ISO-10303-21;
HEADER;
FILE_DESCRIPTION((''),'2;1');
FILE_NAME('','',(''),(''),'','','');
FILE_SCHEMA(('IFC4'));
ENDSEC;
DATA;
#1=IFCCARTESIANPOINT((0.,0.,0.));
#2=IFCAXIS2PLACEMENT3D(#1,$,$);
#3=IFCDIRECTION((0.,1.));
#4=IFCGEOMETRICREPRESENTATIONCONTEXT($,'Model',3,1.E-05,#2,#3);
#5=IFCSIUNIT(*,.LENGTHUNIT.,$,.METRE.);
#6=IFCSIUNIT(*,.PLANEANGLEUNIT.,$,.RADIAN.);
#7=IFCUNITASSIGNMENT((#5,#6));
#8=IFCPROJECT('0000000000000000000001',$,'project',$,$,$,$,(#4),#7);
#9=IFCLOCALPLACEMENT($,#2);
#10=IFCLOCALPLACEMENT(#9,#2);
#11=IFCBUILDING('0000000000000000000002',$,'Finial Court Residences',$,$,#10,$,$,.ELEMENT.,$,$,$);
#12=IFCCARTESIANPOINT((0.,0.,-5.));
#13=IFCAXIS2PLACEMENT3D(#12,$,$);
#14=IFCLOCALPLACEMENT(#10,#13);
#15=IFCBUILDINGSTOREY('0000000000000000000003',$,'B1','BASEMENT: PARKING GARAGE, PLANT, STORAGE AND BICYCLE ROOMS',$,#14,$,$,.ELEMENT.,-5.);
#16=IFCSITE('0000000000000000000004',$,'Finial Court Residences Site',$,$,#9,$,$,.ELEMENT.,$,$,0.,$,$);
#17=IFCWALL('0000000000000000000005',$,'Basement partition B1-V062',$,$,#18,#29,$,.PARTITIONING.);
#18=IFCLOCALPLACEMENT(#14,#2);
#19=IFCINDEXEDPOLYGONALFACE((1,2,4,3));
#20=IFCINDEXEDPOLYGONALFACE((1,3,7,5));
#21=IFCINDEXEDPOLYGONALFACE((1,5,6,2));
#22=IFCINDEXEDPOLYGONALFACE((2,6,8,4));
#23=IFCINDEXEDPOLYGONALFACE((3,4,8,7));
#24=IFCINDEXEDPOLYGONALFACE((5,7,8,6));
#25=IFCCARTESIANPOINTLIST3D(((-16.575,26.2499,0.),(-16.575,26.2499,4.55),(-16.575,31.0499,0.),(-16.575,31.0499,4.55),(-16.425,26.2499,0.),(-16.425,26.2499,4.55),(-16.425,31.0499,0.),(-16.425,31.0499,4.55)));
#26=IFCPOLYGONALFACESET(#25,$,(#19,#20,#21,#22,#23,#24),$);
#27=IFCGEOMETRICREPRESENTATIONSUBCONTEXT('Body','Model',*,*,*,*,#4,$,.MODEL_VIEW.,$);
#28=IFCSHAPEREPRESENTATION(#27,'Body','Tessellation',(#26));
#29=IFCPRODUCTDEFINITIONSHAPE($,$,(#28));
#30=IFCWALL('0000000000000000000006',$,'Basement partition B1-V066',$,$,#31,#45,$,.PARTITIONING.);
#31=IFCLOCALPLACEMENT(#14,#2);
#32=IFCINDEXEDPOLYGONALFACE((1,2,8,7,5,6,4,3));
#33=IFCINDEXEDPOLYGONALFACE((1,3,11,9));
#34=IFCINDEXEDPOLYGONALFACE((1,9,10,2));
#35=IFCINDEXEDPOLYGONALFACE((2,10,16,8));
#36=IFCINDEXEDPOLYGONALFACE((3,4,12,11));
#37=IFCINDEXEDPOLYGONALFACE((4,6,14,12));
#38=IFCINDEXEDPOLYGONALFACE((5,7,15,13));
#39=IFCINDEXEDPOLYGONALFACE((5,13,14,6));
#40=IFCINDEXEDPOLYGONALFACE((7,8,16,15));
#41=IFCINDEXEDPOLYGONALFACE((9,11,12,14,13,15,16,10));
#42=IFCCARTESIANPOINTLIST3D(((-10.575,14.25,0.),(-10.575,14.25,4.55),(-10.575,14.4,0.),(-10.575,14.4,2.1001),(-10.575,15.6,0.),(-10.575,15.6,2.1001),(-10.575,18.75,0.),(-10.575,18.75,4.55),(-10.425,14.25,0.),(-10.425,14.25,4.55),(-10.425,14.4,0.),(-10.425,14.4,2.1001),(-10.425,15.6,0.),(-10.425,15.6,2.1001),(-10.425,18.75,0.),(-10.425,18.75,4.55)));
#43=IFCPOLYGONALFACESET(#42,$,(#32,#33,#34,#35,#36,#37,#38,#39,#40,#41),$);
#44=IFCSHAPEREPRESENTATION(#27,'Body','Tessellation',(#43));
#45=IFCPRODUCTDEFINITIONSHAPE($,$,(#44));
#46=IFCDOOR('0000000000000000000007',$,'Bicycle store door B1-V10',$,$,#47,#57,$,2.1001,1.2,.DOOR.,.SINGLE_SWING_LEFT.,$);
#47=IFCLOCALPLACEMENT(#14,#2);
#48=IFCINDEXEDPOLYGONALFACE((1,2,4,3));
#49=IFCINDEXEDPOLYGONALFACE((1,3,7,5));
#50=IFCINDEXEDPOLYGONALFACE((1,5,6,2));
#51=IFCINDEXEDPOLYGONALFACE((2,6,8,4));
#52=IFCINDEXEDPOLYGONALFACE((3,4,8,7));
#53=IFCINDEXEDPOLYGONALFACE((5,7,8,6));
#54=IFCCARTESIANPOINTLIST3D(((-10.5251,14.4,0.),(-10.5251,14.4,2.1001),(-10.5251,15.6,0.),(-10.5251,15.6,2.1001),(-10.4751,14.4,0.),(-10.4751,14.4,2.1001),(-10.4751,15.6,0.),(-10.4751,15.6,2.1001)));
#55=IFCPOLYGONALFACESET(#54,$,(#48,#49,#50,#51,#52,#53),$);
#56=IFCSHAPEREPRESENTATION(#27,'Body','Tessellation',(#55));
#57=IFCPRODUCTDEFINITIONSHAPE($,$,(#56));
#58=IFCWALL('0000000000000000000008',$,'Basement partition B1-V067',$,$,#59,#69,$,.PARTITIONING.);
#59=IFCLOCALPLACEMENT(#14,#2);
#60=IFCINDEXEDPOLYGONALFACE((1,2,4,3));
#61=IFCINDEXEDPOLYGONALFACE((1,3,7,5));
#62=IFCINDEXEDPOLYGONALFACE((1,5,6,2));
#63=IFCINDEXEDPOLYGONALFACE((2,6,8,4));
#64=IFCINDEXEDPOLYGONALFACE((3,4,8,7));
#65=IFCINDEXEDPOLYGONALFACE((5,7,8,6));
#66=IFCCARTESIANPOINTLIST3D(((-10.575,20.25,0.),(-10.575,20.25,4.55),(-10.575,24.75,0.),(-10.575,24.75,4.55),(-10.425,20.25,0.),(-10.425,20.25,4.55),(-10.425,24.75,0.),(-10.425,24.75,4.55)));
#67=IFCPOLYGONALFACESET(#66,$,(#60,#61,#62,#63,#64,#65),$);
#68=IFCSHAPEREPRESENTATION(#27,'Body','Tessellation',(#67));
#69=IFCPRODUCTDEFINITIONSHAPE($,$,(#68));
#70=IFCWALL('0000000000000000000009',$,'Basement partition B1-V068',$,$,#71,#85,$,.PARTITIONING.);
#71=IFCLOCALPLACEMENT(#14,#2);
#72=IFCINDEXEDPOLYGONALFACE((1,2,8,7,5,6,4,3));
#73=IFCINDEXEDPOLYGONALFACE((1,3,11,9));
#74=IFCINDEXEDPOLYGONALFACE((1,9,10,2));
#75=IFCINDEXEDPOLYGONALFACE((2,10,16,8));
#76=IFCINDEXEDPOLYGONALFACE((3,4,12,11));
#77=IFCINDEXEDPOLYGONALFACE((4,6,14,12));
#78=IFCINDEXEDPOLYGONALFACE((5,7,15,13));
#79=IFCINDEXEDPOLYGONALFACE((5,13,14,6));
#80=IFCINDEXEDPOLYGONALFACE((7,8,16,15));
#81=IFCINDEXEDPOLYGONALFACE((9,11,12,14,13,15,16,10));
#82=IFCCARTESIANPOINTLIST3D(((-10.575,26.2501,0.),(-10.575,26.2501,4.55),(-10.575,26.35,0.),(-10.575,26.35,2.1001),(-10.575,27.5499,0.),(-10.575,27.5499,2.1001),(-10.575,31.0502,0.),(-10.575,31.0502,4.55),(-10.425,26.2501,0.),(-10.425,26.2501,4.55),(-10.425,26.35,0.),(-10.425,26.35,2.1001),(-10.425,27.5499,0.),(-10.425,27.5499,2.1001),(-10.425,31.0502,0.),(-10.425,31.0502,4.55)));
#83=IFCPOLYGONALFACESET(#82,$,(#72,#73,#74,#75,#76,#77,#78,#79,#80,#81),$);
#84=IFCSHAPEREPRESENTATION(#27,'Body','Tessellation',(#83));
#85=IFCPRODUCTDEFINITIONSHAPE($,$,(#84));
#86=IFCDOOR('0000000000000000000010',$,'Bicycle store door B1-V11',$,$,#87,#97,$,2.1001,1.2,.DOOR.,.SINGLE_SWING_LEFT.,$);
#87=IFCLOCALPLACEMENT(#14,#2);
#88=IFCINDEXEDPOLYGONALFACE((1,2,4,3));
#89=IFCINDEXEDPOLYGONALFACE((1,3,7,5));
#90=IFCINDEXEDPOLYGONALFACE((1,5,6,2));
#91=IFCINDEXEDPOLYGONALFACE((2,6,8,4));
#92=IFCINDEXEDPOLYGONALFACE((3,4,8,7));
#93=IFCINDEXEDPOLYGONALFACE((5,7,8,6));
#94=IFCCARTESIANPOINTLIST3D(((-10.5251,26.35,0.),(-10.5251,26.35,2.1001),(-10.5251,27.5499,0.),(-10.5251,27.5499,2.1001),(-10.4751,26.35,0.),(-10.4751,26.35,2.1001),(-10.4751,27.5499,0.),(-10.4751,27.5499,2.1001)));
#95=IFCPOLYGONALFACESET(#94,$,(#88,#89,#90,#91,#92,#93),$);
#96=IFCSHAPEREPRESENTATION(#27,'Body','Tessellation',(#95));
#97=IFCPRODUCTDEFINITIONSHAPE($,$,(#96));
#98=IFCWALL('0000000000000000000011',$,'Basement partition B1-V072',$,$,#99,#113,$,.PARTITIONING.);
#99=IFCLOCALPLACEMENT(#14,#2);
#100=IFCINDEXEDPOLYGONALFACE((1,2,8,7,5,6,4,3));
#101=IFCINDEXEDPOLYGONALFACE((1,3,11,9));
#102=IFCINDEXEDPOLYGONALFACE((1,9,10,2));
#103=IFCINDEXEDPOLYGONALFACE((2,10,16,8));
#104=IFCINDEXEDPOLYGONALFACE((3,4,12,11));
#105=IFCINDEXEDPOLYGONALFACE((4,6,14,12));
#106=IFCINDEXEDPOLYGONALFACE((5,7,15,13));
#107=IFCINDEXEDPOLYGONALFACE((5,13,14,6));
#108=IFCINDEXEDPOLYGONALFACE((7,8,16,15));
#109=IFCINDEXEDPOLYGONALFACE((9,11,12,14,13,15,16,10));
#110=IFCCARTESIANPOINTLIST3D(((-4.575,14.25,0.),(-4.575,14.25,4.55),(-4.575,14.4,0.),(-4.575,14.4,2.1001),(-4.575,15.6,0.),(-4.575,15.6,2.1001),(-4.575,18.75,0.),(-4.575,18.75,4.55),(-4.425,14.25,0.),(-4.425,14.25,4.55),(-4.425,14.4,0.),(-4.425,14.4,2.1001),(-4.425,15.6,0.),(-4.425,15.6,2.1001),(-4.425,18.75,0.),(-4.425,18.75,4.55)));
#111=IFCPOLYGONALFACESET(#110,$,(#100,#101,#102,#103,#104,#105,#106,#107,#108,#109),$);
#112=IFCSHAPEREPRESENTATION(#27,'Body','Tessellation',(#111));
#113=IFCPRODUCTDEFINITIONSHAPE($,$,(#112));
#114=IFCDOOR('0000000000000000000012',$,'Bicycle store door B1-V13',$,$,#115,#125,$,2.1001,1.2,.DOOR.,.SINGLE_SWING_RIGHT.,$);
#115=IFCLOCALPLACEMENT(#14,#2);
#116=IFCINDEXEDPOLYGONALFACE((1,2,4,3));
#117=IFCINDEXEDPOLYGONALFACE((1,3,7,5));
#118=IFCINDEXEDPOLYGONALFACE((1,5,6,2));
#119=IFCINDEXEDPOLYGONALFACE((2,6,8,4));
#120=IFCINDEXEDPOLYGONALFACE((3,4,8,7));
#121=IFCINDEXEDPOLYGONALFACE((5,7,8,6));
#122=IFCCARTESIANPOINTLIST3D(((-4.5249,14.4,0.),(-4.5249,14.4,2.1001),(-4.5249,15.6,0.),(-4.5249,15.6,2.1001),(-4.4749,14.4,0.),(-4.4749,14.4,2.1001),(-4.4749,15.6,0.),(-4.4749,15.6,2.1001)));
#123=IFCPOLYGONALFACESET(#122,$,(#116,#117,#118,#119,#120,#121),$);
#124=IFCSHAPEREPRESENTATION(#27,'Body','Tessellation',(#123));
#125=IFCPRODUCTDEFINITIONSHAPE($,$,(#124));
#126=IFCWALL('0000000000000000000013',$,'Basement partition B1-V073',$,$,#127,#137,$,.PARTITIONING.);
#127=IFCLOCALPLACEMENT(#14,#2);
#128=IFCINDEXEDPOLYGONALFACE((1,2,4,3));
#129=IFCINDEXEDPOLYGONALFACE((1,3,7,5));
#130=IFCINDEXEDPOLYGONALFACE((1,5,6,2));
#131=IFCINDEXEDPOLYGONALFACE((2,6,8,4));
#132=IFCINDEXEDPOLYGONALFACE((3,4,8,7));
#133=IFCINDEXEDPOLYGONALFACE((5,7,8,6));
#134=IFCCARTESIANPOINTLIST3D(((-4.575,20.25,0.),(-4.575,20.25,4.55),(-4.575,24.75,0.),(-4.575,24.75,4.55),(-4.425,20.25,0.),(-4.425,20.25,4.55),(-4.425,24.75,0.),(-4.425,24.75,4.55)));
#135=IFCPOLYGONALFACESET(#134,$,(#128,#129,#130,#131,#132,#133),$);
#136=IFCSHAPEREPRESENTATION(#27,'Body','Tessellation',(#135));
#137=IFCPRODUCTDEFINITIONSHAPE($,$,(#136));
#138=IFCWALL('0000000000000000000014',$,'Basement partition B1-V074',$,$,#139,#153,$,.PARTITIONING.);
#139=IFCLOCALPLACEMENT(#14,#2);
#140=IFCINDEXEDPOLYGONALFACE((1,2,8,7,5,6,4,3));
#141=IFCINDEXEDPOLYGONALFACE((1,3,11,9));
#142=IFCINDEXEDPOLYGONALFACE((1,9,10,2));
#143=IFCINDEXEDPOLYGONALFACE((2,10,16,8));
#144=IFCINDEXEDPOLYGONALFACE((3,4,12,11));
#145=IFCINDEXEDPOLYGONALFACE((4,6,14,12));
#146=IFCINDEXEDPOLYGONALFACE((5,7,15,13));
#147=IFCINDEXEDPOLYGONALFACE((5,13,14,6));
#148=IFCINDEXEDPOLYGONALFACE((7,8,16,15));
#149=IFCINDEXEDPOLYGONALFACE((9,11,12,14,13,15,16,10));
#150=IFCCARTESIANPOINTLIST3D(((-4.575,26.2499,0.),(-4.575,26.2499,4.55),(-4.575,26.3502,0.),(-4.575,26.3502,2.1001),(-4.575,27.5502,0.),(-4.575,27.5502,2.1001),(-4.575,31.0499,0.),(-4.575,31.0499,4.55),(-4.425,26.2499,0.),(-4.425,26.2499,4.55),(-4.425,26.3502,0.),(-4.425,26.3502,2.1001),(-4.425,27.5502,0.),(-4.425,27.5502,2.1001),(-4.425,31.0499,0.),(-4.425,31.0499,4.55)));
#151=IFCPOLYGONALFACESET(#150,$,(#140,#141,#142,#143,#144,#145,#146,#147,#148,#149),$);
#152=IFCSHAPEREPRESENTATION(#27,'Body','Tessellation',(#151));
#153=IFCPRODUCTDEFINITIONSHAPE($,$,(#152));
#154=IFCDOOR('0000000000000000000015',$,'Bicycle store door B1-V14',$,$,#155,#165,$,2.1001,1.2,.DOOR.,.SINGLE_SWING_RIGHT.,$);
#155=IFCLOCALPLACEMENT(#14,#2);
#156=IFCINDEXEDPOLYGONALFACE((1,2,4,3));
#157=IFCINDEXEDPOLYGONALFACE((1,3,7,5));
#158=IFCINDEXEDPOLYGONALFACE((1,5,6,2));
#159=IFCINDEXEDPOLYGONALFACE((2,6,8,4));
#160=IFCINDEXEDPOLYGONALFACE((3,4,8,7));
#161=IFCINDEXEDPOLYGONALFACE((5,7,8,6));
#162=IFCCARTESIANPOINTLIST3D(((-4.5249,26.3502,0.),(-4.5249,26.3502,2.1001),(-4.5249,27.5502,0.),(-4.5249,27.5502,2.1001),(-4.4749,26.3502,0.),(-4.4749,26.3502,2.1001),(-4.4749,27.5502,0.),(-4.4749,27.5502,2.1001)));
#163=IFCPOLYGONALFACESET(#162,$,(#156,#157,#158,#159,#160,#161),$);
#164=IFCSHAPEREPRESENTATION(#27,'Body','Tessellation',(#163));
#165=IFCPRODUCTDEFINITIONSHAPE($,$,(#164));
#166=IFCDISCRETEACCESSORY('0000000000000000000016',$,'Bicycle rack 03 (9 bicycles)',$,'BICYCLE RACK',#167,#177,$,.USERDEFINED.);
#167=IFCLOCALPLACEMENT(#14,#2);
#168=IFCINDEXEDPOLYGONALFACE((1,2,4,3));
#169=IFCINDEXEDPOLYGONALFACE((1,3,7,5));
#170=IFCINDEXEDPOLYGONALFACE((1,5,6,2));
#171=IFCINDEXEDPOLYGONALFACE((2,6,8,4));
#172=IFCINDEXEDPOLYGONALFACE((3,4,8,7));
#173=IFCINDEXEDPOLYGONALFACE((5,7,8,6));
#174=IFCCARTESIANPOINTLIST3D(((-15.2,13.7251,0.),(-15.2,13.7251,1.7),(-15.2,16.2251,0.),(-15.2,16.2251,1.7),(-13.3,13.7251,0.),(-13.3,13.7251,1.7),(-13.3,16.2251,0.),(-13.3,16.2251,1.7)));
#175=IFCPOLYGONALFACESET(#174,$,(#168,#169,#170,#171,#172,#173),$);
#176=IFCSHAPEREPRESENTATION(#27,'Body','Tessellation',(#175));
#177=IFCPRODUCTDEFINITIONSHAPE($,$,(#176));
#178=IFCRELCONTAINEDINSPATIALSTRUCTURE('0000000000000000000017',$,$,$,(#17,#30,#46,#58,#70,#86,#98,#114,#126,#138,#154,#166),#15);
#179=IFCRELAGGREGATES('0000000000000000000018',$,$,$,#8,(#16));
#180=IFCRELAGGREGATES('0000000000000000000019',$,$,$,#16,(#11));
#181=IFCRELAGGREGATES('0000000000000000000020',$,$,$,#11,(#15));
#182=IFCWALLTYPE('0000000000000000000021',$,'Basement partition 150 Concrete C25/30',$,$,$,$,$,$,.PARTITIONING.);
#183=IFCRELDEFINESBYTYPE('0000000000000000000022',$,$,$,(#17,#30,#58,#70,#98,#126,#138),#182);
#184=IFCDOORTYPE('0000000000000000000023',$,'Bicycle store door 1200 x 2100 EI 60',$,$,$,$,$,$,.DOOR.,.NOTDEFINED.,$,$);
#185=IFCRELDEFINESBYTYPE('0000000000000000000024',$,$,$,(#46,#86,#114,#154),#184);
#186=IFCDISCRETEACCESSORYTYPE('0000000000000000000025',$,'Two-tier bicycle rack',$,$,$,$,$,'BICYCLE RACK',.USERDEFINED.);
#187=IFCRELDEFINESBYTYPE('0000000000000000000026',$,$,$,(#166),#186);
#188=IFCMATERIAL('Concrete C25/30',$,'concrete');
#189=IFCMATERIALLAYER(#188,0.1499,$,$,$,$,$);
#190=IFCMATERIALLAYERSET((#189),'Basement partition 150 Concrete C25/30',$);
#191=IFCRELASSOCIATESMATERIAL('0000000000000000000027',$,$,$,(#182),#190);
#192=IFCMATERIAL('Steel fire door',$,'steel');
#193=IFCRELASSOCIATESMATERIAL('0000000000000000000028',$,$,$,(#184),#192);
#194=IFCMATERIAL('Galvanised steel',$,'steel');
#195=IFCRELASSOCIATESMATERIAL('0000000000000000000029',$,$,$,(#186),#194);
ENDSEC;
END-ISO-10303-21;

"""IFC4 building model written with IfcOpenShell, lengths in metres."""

from ifc_helpers import new_model, si_unit, direction, frame, frame_2d, origin, origin_2d, place, context, subcontext, project, spatial, rectangle, extrude, material, layer, layer_set, type_object, element, fill, save


model = new_model("IFC4")

# Units and contexts
model_context = context("Model", 3, precision=1e-05, world=origin(), true_north=direction((0.0, 1.0)))
body_context = subcontext(model_context, "Body", "Model", "MODEL_VIEW")
ifc_project = project(units=[si_unit("LENGTHUNIT", "METRE"), si_unit("PLANEANGLEUNIT", "RADIAN")], contexts=[model_context])

# Site, building, storey
site_placement = place(None, origin())
site = spatial("IfcSite", under=ifc_project, at=site_placement, Name="Finial Court Residences Site", CompositionType="ELEMENT", RefElevation=0.0)
building_placement = place(site_placement, origin())
building = spatial("IfcBuilding", under=site, at=building_placement, Name="Finial Court Residences", CompositionType="ELEMENT")
storey_placement = place(building_placement, frame((0.0, 0.0, -5.0)))
storey = spatial("IfcBuildingStorey", under=building, at=storey_placement, Name="B1", Description="BASEMENT: PARKING GARAGE, PLANT, STORAGE AND BICYCLE ROOMS", CompositionType="ELEMENT", Elevation=-5.0)

# Wall
ifc_material_1 = material(Name="Concrete C25/30", Category="concrete")
ifc_layer = layer(ifc_material_1, 0.1499)
ifc_layer_set = layer_set([ifc_layer], Name="Basement partition 150 Concrete C25/30")
wall_type = type_object("IfcWallType", Name="Basement partition 150 Concrete C25/30", PredefinedType="PARTITIONING", material=ifc_layer_set)
wall_1_placement = place(storey_placement, frame((-16.5, 26.25, 0.0), z_axis=(0.0, 0.0, 1.0), x_axis=(0.0, 1.0, 0.0)))
element("IfcWall", 1, at=wall_1_placement, inside=storey, type_object=wall_type, Name="Basement partition B1-V062", PredefinedType="PARTITIONING", context=body_context, shape_type="SweptSolid", body=[
    extrude(rectangle(XDim=4.8, YDim=0.1499, at=frame_2d((2.3999, 0.0))), origin(), (0.0, 0.0, 1.0), 4.55),
])

# Wall, opening, door
wall_2_placement = place(storey_placement, frame((-10.5, 18.75, 0.0), z_axis=(0.0, 0.0, 1.0), x_axis=(0.0, -1.0, 0.0)))
wall_2 = element("IfcWall", 2, at=wall_2_placement, inside=storey, type_object=wall_type, Name="Basement partition B1-V066", PredefinedType="PARTITIONING", context=body_context, shape_type="SweptSolid", body=[
    extrude(rectangle(XDim=4.5, YDim=0.1499, at=frame_2d((2.25, 0.0))), origin(), (0.0, 0.0, 1.0), 4.55),
])
opening_1_placement = place(wall_2_placement, frame((3.1499, 0.0, 0.0)))
opening_1 = element("IfcOpeningElement", 3, at=opening_1_placement, cuts=wall_2, PredefinedType="OPENING", context=body_context, shape_type="SweptSolid", body=[
    extrude(rectangle(XDim=1.2, YDim=2.1001, at=frame_2d((0.6001, 1.05))), frame((0.0, 0.085, 0.0), z_axis=(0.0, -1.0, 0.0), x_axis=(1.0, 0.0, 0.0)), (0.0, 0.0, 1.0), 0.1699),
])
ifc_material_2 = material(Name="Steel fire door", Category="steel")
door_type = type_object("IfcDoorType", Name="Bicycle store door 1200 x 2100 EI 60", OperationType="NOTDEFINED", PredefinedType="DOOR", material=ifc_material_2)
door_1_placement = place(opening_1_placement, origin())
door_1 = element("IfcDoor", 4, at=door_1_placement, inside=storey, type_object=door_type, Name="Bicycle store door B1-V10", OperationType="SINGLE_SWING_LEFT", OverallHeight=2.1001, OverallWidth=1.2, PredefinedType="DOOR", context=body_context, shape_type="SweptSolid", body=[
    extrude(rectangle(XDim=1.2, YDim=2.1001, at=frame_2d((0.6001, 1.05))), frame((0.0, 0.0249, 0.0), z_axis=(0.0, -1.0, 0.0), x_axis=(1.0, 0.0, 0.0)), (0.0, 0.0, 1.0), 0.05),
])
fill(opening_1, door_1)

# Wall
wall_3_placement = place(storey_placement, frame((-10.5, 20.25, 0.0), z_axis=(0.0, 0.0, 1.0), x_axis=(0.0, 1.0, 0.0)))
element("IfcWall", 5, at=wall_3_placement, inside=storey, type_object=wall_type, Name="Basement partition B1-V067", PredefinedType="PARTITIONING", context=body_context, shape_type="SweptSolid", body=[
    extrude(rectangle(XDim=4.5, YDim=0.1499, at=frame_2d((2.25, 0.0))), origin(), (0.0, 0.0, 1.0), 4.55),
])

# Walls, openings, doors
wall_4_placement = place(storey_placement, frame((-10.5, 31.05, 0.0), z_axis=(0.0, 0.0, 1.0), x_axis=(0.0, -1.0, 0.0)))
wall_4 = element("IfcWall", 6, at=wall_4_placement, inside=storey, type_object=wall_type, Name="Basement partition B1-V068", PredefinedType="PARTITIONING", context=body_context, shape_type="SweptSolid", body=[
    extrude(rectangle(XDim=4.8, YDim=0.1499, at=frame_2d((2.3999, 0.0))), origin(), (0.0, 0.0, 1.0), 4.55),
])
opening_2_placement = place(wall_4_placement, frame((3.5, 0.0, 0.0)))
opening_2 = element("IfcOpeningElement", 7, at=opening_2_placement, cuts=wall_4, PredefinedType="OPENING", context=body_context, shape_type="SweptSolid", body=[
    extrude(rectangle(XDim=1.2, YDim=2.1001, at=frame_2d((0.6001, 1.05))), frame((0.0, 0.085, 0.0), z_axis=(0.0, -1.0, 0.0), x_axis=(1.0, 0.0, 0.0)), (0.0, 0.0, 1.0), 0.1699),
])
door_2_placement = place(opening_2_placement, origin())
door_2 = element("IfcDoor", 8, at=door_2_placement, inside=storey, type_object=door_type, Name="Bicycle store door B1-V11", OperationType="SINGLE_SWING_LEFT", OverallHeight=2.1001, OverallWidth=1.2, PredefinedType="DOOR", context=body_context, shape_type="SweptSolid", body=[
    extrude(rectangle(XDim=1.2, YDim=2.1001, at=frame_2d((0.6001, 1.05))), frame((0.0, 0.0249, 0.0), z_axis=(0.0, -1.0, 0.0), x_axis=(1.0, 0.0, 0.0)), (0.0, 0.0, 1.0), 0.05),
])
fill(opening_2, door_2)
wall_5_placement = place(storey_placement, frame((-4.5, 14.25, 0.0), z_axis=(0.0, 0.0, 1.0), x_axis=(0.0, 1.0, 0.0)))
wall_5 = element("IfcWall", 9, at=wall_5_placement, inside=storey, type_object=wall_type, Name="Basement partition B1-V072", PredefinedType="PARTITIONING", context=body_context, shape_type="SweptSolid", body=[
    extrude(rectangle(XDim=4.5, YDim=0.1499, at=frame_2d((2.25, 0.0))), origin(), (0.0, 0.0, 1.0), 4.55),
])
opening_3_placement = place(wall_5_placement, frame((0.1499, 0.0, 0.0)))
opening_3 = element("IfcOpeningElement", 10, at=opening_3_placement, cuts=wall_5, PredefinedType="OPENING", context=body_context, shape_type="SweptSolid", body=[
    extrude(rectangle(XDim=1.2, YDim=2.1001, at=frame_2d((0.6001, 1.05))), frame((0.0, 0.085, 0.0), z_axis=(0.0, -1.0, 0.0), x_axis=(1.0, 0.0, 0.0)), (0.0, 0.0, 1.0), 0.1699),
])
door_3_placement = place(opening_3_placement, origin())
door_3 = element("IfcDoor", 11, at=door_3_placement, inside=storey, type_object=door_type, Name="Bicycle store door B1-V13", OperationType="SINGLE_SWING_RIGHT", OverallHeight=2.1001, OverallWidth=1.2, PredefinedType="DOOR", context=body_context, shape_type="SweptSolid", body=[
    extrude(rectangle(XDim=1.2, YDim=2.1001, at=frame_2d((0.6001, 1.05))), frame((0.0, 0.0249, 0.0), z_axis=(0.0, -1.0, 0.0), x_axis=(1.0, 0.0, 0.0)), (0.0, 0.0, 1.0), 0.05),
])
fill(opening_3, door_3)

# Wall
wall_6_placement = place(storey_placement, frame((-4.5, 20.25, 0.0), z_axis=(0.0, 0.0, 1.0), x_axis=(0.0, 1.0, 0.0)))
element("IfcWall", 12, at=wall_6_placement, inside=storey, type_object=wall_type, Name="Basement partition B1-V073", PredefinedType="PARTITIONING", context=body_context, shape_type="SweptSolid", body=[
    extrude(rectangle(XDim=4.5, YDim=0.1499, at=frame_2d((2.25, 0.0))), origin(), (0.0, 0.0, 1.0), 4.55),
])

# Wall, opening, door
wall_7_placement = place(storey_placement, frame((-4.5, 26.25, 0.0), z_axis=(0.0, 0.0, 1.0), x_axis=(0.0, 1.0, 0.0)))
wall_7 = element("IfcWall", 13, at=wall_7_placement, inside=storey, type_object=wall_type, Name="Basement partition B1-V074", PredefinedType="PARTITIONING", context=body_context, shape_type="SweptSolid", body=[
    extrude(rectangle(XDim=4.8, YDim=0.1499, at=frame_2d((2.3999, 0.0))), origin(), (0.0, 0.0, 1.0), 4.55),
])
opening_4_placement = place(wall_7_placement, frame((0.1001, 0.0, 0.0)))
opening_4 = element("IfcOpeningElement", 14, at=opening_4_placement, cuts=wall_7, PredefinedType="OPENING", context=body_context, shape_type="SweptSolid", body=[
    extrude(rectangle(XDim=1.2, YDim=2.1001, at=frame_2d((0.6001, 1.05))), frame((0.0, 0.085, 0.0), z_axis=(0.0, -1.0, 0.0), x_axis=(1.0, 0.0, 0.0)), (0.0, 0.0, 1.0), 0.1699),
])
door_4_placement = place(opening_4_placement, origin())
door_4 = element("IfcDoor", 15, at=door_4_placement, inside=storey, type_object=door_type, Name="Bicycle store door B1-V14", OperationType="SINGLE_SWING_RIGHT", OverallHeight=2.1001, OverallWidth=1.2, PredefinedType="DOOR", context=body_context, shape_type="SweptSolid", body=[
    extrude(rectangle(XDim=1.2, YDim=2.1001, at=frame_2d((0.6001, 1.05))), frame((0.0, 0.0249, 0.0), z_axis=(0.0, -1.0, 0.0), x_axis=(1.0, 0.0, 0.0)), (0.0, 0.0, 1.0), 0.05),
])
fill(opening_4, door_4)

# Discrete accessory
ifc_material_3 = material(Name="Galvanised steel", Category="steel")
discrete_accessory_type = type_object("IfcDiscreteAccessoryType", Name="Two-tier bicycle rack", ElementType="BICYCLE RACK", PredefinedType="USERDEFINED", material=ifc_material_3)
discrete_accessory_1_placement = place(storey_placement, frame((-14.25, 14.9751, 0.0), z_axis=(0.0, 0.0, 1.0), x_axis=(1.0, 0.0, 0.0)))
element("IfcDiscreteAccessory", 16, at=discrete_accessory_1_placement, inside=storey, type_object=discrete_accessory_type, Name="Bicycle rack 03 (9 bicycles)", ObjectType="BICYCLE RACK", PredefinedType="USERDEFINED", context=body_context, shape_type="SweptSolid", body=[
    extrude(rectangle(XDim=1.8999, YDim=2.5, at=origin_2d()), origin(), (0.0, 0.0, 1.0), 1.7),
])

save(model, "model.ifc")
